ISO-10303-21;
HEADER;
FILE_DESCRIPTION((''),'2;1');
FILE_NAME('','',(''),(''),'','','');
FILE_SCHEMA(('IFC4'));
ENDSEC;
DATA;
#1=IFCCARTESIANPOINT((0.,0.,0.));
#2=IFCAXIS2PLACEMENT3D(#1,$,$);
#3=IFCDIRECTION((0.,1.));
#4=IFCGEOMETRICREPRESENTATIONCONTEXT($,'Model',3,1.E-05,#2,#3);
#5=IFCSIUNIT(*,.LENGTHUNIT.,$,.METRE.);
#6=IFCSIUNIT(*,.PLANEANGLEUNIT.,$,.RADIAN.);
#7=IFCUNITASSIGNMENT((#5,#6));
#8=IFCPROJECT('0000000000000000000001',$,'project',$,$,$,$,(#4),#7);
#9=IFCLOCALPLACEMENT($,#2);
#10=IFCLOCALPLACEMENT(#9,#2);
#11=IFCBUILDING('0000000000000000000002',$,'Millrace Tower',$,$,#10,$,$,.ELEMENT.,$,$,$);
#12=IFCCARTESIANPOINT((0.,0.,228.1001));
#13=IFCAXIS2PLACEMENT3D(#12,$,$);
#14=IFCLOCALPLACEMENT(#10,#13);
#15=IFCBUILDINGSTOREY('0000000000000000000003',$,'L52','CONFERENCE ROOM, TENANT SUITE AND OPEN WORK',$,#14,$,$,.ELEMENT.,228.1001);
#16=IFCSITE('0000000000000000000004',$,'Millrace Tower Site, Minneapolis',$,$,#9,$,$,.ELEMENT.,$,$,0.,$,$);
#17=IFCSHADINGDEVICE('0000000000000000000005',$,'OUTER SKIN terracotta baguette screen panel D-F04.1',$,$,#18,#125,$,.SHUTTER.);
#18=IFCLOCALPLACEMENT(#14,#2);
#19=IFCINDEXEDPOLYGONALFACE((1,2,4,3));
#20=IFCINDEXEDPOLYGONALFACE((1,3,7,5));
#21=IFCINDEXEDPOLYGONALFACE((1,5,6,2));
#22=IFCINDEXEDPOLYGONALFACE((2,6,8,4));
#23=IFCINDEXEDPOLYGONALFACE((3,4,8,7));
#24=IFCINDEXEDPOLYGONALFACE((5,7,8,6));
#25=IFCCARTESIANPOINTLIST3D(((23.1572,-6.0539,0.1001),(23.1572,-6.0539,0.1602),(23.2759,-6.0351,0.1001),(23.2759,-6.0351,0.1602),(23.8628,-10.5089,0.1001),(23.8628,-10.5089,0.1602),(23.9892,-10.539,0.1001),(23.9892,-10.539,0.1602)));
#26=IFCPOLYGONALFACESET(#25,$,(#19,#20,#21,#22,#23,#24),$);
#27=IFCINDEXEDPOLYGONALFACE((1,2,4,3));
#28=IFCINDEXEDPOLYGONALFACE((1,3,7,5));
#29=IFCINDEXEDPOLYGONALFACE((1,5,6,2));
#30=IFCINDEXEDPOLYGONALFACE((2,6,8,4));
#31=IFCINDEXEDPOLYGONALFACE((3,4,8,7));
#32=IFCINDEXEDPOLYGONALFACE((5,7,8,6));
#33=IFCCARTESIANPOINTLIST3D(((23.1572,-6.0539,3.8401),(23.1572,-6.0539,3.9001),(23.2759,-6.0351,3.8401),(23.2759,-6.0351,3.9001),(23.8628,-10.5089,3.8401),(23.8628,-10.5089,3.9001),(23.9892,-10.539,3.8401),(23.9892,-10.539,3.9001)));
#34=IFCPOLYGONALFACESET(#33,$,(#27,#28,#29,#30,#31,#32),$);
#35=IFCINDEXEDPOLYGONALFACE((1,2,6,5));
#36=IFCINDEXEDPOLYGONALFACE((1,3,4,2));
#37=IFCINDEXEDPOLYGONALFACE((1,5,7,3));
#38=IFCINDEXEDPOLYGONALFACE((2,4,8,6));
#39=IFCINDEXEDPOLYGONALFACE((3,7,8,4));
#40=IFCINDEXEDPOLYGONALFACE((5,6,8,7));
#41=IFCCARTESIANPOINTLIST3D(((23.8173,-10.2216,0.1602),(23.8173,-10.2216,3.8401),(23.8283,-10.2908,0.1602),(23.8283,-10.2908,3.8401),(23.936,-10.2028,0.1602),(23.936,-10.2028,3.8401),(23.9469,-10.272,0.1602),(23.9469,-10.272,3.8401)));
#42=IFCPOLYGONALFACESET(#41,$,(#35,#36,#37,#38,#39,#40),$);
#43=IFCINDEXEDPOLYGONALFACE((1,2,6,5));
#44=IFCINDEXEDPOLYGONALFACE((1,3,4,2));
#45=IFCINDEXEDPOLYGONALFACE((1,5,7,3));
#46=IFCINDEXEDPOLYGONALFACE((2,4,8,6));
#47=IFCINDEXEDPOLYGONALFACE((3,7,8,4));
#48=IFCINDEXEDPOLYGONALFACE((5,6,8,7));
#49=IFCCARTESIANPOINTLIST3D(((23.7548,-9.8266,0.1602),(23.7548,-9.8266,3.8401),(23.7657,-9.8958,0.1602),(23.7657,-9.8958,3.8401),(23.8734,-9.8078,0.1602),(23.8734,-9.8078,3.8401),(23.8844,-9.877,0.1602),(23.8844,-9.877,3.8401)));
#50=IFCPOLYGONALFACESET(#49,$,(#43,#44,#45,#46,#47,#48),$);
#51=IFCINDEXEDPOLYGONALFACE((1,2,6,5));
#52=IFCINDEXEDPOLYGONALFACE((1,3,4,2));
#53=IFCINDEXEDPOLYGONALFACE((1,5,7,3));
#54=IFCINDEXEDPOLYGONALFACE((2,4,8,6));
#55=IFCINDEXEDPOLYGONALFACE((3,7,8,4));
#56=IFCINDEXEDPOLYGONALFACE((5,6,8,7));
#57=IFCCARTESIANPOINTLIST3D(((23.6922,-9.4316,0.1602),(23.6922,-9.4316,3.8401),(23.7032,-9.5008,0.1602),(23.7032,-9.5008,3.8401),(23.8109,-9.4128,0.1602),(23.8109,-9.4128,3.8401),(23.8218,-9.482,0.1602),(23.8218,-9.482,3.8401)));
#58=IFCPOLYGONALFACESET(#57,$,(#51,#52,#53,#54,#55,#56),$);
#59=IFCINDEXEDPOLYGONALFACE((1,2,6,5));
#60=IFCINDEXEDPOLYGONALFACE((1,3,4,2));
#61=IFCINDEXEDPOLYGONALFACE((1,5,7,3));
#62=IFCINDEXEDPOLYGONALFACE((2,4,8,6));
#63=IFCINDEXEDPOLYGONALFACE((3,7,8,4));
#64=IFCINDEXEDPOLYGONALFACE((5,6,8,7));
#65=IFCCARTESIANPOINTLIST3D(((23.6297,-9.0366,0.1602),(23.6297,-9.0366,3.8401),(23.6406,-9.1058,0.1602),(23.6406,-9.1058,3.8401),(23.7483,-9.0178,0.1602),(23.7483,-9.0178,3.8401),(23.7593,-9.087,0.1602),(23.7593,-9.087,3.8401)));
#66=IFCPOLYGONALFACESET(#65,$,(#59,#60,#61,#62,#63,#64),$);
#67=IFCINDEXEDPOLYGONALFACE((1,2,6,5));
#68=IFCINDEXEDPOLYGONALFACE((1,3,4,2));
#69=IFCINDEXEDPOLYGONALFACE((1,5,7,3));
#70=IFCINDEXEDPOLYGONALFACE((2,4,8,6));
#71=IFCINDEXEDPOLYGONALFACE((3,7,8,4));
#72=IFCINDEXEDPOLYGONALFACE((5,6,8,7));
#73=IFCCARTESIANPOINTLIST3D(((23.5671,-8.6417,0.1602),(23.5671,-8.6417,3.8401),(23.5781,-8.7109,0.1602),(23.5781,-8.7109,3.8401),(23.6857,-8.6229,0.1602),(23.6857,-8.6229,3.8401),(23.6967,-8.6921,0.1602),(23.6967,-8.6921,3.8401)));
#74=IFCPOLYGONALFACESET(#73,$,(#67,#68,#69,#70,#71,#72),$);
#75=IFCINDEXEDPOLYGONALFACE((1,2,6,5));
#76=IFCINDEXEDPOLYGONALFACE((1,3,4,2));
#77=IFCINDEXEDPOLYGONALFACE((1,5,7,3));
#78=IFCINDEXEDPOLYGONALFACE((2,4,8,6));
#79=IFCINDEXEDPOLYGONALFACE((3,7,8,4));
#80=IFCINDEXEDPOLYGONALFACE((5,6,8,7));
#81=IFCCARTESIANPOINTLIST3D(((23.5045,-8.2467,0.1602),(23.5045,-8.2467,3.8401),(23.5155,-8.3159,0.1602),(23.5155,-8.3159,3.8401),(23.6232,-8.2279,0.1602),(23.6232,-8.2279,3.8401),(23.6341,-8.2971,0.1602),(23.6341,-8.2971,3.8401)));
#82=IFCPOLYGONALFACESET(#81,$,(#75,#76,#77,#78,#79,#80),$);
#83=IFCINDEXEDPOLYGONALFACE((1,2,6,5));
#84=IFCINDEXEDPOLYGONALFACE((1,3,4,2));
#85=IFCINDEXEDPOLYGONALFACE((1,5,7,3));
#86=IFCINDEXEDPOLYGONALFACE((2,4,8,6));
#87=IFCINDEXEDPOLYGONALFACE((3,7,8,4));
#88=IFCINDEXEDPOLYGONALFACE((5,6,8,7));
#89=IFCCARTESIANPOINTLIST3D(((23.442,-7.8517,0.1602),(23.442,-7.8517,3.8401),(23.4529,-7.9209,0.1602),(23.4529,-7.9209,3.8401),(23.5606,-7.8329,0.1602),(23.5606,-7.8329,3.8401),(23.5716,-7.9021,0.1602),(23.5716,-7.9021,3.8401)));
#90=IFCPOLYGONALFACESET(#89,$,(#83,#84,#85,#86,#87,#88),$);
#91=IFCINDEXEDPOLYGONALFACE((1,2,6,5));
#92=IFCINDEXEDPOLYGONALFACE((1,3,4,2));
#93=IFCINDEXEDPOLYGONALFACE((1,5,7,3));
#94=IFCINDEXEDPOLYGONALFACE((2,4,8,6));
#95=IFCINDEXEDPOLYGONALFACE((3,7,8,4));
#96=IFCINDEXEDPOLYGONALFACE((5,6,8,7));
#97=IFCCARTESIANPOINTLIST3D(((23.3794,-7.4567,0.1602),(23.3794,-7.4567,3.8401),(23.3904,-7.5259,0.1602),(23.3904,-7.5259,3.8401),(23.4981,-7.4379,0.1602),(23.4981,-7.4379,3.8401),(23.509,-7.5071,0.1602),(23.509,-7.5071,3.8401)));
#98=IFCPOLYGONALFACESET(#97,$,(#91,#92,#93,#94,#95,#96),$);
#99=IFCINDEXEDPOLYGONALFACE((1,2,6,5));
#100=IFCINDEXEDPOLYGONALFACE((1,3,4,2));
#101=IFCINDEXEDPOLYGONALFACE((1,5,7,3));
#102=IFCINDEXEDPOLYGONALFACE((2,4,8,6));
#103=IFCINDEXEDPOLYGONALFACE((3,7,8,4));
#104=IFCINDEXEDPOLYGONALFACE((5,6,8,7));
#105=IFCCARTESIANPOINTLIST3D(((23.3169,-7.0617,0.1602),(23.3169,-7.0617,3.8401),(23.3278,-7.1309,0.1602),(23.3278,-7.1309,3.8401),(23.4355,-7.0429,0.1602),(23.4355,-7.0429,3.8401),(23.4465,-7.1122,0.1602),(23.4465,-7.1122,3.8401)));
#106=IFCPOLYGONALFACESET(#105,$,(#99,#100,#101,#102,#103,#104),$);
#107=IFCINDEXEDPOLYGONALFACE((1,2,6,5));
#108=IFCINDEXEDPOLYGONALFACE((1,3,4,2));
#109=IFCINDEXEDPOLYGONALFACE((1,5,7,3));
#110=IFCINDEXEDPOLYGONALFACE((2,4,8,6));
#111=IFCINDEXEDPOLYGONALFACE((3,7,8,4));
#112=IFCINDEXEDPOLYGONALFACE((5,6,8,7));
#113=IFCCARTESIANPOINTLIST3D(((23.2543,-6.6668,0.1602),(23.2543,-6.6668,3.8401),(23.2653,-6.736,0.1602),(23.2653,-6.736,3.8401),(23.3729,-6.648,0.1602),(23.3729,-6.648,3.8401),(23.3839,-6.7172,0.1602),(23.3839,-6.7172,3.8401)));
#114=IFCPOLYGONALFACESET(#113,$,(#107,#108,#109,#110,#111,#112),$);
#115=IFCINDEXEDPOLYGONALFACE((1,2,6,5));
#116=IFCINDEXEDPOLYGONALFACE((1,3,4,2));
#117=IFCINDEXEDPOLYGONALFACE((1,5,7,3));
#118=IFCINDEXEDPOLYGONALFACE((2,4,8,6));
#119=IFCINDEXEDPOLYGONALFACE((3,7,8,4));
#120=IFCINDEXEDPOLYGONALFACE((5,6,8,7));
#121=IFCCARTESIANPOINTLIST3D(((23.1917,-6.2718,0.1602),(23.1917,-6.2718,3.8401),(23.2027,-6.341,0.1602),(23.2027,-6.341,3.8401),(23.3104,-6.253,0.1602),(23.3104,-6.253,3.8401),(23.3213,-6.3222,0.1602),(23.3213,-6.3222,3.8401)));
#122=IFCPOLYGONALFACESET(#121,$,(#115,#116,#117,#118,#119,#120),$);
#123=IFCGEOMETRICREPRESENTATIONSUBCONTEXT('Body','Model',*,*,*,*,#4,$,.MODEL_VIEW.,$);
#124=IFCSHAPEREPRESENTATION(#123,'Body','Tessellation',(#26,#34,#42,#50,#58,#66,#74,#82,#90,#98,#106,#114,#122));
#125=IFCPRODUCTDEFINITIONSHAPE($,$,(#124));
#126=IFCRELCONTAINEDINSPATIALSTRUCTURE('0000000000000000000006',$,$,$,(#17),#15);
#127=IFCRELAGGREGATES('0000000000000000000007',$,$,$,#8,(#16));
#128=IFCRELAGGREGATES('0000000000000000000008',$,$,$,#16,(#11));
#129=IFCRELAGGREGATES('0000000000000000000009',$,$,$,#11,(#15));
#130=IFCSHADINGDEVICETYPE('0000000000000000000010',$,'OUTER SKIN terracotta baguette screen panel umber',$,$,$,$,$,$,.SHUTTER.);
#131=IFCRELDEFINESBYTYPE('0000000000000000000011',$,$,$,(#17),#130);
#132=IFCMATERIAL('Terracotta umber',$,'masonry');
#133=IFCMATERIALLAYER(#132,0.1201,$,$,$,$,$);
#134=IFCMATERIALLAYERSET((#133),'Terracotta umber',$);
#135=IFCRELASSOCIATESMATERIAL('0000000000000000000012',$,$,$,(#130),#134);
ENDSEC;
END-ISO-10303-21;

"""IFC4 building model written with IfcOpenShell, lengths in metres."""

from ifc_helpers import new_model, entity, si_unit, direction, frame, frame_2d, origin, place, context, subcontext, project, spatial, rectangle, extrude, source, transform, mapped, material, layer, layer_set, type_object, element, save


model = new_model("IFC4")

# Units and contexts
model_context = context("Model", 3, precision=1e-05, world=origin(), true_north=direction((0.0, 1.0)))
body_context = subcontext(model_context, "Body", "Model", "MODEL_VIEW")
ifc_project = project(units=[si_unit("LENGTHUNIT", "METRE"), si_unit("PLANEANGLEUNIT", "RADIAN")], contexts=[model_context])

# Site, building, storey
site_placement = place(None, origin())
site = spatial("IfcSite", under=ifc_project, at=site_placement, Name="Millrace Tower Site, Minneapolis", CompositionType="ELEMENT", RefElevation=0.0)
building_placement = place(site_placement, origin())
building = spatial("IfcBuilding", under=site, at=building_placement, Name="Millrace Tower", CompositionType="ELEMENT")
storey_placement = place(building_placement, frame((0.0, 0.0, 228.1001)))
storey = spatial("IfcBuildingStorey", under=building, at=storey_placement, Name="L52", Description="CONFERENCE ROOM, TENANT SUITE AND OPEN WORK", CompositionType="ELEMENT", Elevation=228.1001)

# Shading device
ifc_material_1 = material(Name="Terracotta umber", Category="masonry")
ifc_layer_1 = layer(ifc_material_1, 0.1201)
ifc_layer_set_1 = layer_set([ifc_layer_1], Name="Terracotta umber")
shading_device_type = type_object("IfcShadingDeviceType", Name="OUTER SKIN terracotta baguette screen panel umber", PredefinedType="SHUTTER", material=ifc_layer_set_1)
cartesian_point_1 = entity("IfcCartesianPoint", [-2.2429, 0.0601])
shared_polyline_1 = entity("IfcPolyline", [cartesian_point_1, entity("IfcCartesianPoint", [2.2676, 0.0601]), entity("IfcCartesianPoint", [2.2676, -0.0601]), entity("IfcCartesianPoint", [-2.2925, -0.0601]), cartesian_point_1])
shared_shape_1 = source(origin(), body_context, "Body", "SweptSolid", [
    entity("IfcExtrudedAreaSolid", entity("IfcArbitraryClosedProfileDef", "AREA", None, shared_polyline_1), entity("IfcAxis2Placement3D", entity("IfcCartesianPoint", [0.0, 0.0, 0.0])), entity("IfcDirection", [0.0, 0.0, 1.0]), 0.0601),
    entity("IfcExtrudedAreaSolid", entity("IfcArbitraryClosedProfileDef", "AREA", None, shared_polyline_1), entity("IfcAxis2Placement3D", entity("IfcCartesianPoint", [0.0, 0.0, 3.74])), entity("IfcDirection", [0.0, 0.0, 1.0]), 0.0601),
    extrude(rectangle(XDim=0.0701, YDim=0.1201, at=frame_2d((-1.9871, 0.0))), frame((0.0, 0.0, 0.0601)), (0.0, 0.0, 1.0), 3.6799),
    extrude(rectangle(XDim=0.0701, YDim=0.1201, at=frame_2d((-1.5872, 0.0))), frame((0.0, 0.0, 0.0601)), (0.0, 0.0, 1.0), 3.6799),
    extrude(rectangle(XDim=0.0701, YDim=0.1201, at=frame_2d((-1.1873, 0.0))), frame((0.0, 0.0, 0.0601)), (0.0, 0.0, 1.0), 3.6799),
    extrude(rectangle(XDim=0.0701, YDim=0.1201, at=frame_2d((-0.7874, 0.0))), frame((0.0, 0.0, 0.0601)), (0.0, 0.0, 1.0), 3.6799),
    extrude(rectangle(XDim=0.0701, YDim=0.1201, at=frame_2d((-0.3875, 0.0))), frame((0.0, 0.0, 0.0601)), (0.0, 0.0, 1.0), 3.6799),
    extrude(rectangle(XDim=0.0701, YDim=0.1201, at=frame_2d((0.0125, 0.0))), frame((0.0, 0.0, 0.0601)), (0.0, 0.0, 1.0), 3.6799),
    extrude(rectangle(XDim=0.0701, YDim=0.1201, at=frame_2d((0.4124, 0.0))), frame((0.0, 0.0, 0.0601)), (0.0, 0.0, 1.0), 3.6799),
    extrude(rectangle(XDim=0.0701, YDim=0.1201, at=frame_2d((0.8123, 0.0))), frame((0.0, 0.0, 0.0601)), (0.0, 0.0, 1.0), 3.6799),
    extrude(rectangle(XDim=0.0701, YDim=0.1201, at=frame_2d((1.2122, 0.0))), frame((0.0, 0.0, 0.0601)), (0.0, 0.0, 1.0), 3.6799),
    extrude(rectangle(XDim=0.0701, YDim=0.1201, at=frame_2d((1.6121, 0.0))), frame((0.0, 0.0, 0.0601)), (0.0, 0.0, 1.0), 3.6799),
    extrude(rectangle(XDim=0.0701, YDim=0.1201, at=frame_2d((2.012, 0.0))), frame((0.0, 0.0, 0.0601)), (0.0, 0.0, 1.0), 3.6799),
])
shading_device_1_placement = place(storey_placement, frame((23.5713, -8.2842, 0.1001), z_axis=(0.0, 0.0, 1.0), x_axis=(-0.156434, 0.987688, 0.0)))
element("IfcShadingDevice", 1, at=shading_device_1_placement, inside=storey, type_object=shading_device_type, Name="OUTER SKIN terracotta baguette screen panel D-F04.1", PredefinedType="SHUTTER", context=body_context, shape_type="MappedRepresentation", body=[
    mapped(shared_shape_1, transform((0.0, 0.0, 0.0), scale=1.0)),
])

save(model, "model.ifc")
